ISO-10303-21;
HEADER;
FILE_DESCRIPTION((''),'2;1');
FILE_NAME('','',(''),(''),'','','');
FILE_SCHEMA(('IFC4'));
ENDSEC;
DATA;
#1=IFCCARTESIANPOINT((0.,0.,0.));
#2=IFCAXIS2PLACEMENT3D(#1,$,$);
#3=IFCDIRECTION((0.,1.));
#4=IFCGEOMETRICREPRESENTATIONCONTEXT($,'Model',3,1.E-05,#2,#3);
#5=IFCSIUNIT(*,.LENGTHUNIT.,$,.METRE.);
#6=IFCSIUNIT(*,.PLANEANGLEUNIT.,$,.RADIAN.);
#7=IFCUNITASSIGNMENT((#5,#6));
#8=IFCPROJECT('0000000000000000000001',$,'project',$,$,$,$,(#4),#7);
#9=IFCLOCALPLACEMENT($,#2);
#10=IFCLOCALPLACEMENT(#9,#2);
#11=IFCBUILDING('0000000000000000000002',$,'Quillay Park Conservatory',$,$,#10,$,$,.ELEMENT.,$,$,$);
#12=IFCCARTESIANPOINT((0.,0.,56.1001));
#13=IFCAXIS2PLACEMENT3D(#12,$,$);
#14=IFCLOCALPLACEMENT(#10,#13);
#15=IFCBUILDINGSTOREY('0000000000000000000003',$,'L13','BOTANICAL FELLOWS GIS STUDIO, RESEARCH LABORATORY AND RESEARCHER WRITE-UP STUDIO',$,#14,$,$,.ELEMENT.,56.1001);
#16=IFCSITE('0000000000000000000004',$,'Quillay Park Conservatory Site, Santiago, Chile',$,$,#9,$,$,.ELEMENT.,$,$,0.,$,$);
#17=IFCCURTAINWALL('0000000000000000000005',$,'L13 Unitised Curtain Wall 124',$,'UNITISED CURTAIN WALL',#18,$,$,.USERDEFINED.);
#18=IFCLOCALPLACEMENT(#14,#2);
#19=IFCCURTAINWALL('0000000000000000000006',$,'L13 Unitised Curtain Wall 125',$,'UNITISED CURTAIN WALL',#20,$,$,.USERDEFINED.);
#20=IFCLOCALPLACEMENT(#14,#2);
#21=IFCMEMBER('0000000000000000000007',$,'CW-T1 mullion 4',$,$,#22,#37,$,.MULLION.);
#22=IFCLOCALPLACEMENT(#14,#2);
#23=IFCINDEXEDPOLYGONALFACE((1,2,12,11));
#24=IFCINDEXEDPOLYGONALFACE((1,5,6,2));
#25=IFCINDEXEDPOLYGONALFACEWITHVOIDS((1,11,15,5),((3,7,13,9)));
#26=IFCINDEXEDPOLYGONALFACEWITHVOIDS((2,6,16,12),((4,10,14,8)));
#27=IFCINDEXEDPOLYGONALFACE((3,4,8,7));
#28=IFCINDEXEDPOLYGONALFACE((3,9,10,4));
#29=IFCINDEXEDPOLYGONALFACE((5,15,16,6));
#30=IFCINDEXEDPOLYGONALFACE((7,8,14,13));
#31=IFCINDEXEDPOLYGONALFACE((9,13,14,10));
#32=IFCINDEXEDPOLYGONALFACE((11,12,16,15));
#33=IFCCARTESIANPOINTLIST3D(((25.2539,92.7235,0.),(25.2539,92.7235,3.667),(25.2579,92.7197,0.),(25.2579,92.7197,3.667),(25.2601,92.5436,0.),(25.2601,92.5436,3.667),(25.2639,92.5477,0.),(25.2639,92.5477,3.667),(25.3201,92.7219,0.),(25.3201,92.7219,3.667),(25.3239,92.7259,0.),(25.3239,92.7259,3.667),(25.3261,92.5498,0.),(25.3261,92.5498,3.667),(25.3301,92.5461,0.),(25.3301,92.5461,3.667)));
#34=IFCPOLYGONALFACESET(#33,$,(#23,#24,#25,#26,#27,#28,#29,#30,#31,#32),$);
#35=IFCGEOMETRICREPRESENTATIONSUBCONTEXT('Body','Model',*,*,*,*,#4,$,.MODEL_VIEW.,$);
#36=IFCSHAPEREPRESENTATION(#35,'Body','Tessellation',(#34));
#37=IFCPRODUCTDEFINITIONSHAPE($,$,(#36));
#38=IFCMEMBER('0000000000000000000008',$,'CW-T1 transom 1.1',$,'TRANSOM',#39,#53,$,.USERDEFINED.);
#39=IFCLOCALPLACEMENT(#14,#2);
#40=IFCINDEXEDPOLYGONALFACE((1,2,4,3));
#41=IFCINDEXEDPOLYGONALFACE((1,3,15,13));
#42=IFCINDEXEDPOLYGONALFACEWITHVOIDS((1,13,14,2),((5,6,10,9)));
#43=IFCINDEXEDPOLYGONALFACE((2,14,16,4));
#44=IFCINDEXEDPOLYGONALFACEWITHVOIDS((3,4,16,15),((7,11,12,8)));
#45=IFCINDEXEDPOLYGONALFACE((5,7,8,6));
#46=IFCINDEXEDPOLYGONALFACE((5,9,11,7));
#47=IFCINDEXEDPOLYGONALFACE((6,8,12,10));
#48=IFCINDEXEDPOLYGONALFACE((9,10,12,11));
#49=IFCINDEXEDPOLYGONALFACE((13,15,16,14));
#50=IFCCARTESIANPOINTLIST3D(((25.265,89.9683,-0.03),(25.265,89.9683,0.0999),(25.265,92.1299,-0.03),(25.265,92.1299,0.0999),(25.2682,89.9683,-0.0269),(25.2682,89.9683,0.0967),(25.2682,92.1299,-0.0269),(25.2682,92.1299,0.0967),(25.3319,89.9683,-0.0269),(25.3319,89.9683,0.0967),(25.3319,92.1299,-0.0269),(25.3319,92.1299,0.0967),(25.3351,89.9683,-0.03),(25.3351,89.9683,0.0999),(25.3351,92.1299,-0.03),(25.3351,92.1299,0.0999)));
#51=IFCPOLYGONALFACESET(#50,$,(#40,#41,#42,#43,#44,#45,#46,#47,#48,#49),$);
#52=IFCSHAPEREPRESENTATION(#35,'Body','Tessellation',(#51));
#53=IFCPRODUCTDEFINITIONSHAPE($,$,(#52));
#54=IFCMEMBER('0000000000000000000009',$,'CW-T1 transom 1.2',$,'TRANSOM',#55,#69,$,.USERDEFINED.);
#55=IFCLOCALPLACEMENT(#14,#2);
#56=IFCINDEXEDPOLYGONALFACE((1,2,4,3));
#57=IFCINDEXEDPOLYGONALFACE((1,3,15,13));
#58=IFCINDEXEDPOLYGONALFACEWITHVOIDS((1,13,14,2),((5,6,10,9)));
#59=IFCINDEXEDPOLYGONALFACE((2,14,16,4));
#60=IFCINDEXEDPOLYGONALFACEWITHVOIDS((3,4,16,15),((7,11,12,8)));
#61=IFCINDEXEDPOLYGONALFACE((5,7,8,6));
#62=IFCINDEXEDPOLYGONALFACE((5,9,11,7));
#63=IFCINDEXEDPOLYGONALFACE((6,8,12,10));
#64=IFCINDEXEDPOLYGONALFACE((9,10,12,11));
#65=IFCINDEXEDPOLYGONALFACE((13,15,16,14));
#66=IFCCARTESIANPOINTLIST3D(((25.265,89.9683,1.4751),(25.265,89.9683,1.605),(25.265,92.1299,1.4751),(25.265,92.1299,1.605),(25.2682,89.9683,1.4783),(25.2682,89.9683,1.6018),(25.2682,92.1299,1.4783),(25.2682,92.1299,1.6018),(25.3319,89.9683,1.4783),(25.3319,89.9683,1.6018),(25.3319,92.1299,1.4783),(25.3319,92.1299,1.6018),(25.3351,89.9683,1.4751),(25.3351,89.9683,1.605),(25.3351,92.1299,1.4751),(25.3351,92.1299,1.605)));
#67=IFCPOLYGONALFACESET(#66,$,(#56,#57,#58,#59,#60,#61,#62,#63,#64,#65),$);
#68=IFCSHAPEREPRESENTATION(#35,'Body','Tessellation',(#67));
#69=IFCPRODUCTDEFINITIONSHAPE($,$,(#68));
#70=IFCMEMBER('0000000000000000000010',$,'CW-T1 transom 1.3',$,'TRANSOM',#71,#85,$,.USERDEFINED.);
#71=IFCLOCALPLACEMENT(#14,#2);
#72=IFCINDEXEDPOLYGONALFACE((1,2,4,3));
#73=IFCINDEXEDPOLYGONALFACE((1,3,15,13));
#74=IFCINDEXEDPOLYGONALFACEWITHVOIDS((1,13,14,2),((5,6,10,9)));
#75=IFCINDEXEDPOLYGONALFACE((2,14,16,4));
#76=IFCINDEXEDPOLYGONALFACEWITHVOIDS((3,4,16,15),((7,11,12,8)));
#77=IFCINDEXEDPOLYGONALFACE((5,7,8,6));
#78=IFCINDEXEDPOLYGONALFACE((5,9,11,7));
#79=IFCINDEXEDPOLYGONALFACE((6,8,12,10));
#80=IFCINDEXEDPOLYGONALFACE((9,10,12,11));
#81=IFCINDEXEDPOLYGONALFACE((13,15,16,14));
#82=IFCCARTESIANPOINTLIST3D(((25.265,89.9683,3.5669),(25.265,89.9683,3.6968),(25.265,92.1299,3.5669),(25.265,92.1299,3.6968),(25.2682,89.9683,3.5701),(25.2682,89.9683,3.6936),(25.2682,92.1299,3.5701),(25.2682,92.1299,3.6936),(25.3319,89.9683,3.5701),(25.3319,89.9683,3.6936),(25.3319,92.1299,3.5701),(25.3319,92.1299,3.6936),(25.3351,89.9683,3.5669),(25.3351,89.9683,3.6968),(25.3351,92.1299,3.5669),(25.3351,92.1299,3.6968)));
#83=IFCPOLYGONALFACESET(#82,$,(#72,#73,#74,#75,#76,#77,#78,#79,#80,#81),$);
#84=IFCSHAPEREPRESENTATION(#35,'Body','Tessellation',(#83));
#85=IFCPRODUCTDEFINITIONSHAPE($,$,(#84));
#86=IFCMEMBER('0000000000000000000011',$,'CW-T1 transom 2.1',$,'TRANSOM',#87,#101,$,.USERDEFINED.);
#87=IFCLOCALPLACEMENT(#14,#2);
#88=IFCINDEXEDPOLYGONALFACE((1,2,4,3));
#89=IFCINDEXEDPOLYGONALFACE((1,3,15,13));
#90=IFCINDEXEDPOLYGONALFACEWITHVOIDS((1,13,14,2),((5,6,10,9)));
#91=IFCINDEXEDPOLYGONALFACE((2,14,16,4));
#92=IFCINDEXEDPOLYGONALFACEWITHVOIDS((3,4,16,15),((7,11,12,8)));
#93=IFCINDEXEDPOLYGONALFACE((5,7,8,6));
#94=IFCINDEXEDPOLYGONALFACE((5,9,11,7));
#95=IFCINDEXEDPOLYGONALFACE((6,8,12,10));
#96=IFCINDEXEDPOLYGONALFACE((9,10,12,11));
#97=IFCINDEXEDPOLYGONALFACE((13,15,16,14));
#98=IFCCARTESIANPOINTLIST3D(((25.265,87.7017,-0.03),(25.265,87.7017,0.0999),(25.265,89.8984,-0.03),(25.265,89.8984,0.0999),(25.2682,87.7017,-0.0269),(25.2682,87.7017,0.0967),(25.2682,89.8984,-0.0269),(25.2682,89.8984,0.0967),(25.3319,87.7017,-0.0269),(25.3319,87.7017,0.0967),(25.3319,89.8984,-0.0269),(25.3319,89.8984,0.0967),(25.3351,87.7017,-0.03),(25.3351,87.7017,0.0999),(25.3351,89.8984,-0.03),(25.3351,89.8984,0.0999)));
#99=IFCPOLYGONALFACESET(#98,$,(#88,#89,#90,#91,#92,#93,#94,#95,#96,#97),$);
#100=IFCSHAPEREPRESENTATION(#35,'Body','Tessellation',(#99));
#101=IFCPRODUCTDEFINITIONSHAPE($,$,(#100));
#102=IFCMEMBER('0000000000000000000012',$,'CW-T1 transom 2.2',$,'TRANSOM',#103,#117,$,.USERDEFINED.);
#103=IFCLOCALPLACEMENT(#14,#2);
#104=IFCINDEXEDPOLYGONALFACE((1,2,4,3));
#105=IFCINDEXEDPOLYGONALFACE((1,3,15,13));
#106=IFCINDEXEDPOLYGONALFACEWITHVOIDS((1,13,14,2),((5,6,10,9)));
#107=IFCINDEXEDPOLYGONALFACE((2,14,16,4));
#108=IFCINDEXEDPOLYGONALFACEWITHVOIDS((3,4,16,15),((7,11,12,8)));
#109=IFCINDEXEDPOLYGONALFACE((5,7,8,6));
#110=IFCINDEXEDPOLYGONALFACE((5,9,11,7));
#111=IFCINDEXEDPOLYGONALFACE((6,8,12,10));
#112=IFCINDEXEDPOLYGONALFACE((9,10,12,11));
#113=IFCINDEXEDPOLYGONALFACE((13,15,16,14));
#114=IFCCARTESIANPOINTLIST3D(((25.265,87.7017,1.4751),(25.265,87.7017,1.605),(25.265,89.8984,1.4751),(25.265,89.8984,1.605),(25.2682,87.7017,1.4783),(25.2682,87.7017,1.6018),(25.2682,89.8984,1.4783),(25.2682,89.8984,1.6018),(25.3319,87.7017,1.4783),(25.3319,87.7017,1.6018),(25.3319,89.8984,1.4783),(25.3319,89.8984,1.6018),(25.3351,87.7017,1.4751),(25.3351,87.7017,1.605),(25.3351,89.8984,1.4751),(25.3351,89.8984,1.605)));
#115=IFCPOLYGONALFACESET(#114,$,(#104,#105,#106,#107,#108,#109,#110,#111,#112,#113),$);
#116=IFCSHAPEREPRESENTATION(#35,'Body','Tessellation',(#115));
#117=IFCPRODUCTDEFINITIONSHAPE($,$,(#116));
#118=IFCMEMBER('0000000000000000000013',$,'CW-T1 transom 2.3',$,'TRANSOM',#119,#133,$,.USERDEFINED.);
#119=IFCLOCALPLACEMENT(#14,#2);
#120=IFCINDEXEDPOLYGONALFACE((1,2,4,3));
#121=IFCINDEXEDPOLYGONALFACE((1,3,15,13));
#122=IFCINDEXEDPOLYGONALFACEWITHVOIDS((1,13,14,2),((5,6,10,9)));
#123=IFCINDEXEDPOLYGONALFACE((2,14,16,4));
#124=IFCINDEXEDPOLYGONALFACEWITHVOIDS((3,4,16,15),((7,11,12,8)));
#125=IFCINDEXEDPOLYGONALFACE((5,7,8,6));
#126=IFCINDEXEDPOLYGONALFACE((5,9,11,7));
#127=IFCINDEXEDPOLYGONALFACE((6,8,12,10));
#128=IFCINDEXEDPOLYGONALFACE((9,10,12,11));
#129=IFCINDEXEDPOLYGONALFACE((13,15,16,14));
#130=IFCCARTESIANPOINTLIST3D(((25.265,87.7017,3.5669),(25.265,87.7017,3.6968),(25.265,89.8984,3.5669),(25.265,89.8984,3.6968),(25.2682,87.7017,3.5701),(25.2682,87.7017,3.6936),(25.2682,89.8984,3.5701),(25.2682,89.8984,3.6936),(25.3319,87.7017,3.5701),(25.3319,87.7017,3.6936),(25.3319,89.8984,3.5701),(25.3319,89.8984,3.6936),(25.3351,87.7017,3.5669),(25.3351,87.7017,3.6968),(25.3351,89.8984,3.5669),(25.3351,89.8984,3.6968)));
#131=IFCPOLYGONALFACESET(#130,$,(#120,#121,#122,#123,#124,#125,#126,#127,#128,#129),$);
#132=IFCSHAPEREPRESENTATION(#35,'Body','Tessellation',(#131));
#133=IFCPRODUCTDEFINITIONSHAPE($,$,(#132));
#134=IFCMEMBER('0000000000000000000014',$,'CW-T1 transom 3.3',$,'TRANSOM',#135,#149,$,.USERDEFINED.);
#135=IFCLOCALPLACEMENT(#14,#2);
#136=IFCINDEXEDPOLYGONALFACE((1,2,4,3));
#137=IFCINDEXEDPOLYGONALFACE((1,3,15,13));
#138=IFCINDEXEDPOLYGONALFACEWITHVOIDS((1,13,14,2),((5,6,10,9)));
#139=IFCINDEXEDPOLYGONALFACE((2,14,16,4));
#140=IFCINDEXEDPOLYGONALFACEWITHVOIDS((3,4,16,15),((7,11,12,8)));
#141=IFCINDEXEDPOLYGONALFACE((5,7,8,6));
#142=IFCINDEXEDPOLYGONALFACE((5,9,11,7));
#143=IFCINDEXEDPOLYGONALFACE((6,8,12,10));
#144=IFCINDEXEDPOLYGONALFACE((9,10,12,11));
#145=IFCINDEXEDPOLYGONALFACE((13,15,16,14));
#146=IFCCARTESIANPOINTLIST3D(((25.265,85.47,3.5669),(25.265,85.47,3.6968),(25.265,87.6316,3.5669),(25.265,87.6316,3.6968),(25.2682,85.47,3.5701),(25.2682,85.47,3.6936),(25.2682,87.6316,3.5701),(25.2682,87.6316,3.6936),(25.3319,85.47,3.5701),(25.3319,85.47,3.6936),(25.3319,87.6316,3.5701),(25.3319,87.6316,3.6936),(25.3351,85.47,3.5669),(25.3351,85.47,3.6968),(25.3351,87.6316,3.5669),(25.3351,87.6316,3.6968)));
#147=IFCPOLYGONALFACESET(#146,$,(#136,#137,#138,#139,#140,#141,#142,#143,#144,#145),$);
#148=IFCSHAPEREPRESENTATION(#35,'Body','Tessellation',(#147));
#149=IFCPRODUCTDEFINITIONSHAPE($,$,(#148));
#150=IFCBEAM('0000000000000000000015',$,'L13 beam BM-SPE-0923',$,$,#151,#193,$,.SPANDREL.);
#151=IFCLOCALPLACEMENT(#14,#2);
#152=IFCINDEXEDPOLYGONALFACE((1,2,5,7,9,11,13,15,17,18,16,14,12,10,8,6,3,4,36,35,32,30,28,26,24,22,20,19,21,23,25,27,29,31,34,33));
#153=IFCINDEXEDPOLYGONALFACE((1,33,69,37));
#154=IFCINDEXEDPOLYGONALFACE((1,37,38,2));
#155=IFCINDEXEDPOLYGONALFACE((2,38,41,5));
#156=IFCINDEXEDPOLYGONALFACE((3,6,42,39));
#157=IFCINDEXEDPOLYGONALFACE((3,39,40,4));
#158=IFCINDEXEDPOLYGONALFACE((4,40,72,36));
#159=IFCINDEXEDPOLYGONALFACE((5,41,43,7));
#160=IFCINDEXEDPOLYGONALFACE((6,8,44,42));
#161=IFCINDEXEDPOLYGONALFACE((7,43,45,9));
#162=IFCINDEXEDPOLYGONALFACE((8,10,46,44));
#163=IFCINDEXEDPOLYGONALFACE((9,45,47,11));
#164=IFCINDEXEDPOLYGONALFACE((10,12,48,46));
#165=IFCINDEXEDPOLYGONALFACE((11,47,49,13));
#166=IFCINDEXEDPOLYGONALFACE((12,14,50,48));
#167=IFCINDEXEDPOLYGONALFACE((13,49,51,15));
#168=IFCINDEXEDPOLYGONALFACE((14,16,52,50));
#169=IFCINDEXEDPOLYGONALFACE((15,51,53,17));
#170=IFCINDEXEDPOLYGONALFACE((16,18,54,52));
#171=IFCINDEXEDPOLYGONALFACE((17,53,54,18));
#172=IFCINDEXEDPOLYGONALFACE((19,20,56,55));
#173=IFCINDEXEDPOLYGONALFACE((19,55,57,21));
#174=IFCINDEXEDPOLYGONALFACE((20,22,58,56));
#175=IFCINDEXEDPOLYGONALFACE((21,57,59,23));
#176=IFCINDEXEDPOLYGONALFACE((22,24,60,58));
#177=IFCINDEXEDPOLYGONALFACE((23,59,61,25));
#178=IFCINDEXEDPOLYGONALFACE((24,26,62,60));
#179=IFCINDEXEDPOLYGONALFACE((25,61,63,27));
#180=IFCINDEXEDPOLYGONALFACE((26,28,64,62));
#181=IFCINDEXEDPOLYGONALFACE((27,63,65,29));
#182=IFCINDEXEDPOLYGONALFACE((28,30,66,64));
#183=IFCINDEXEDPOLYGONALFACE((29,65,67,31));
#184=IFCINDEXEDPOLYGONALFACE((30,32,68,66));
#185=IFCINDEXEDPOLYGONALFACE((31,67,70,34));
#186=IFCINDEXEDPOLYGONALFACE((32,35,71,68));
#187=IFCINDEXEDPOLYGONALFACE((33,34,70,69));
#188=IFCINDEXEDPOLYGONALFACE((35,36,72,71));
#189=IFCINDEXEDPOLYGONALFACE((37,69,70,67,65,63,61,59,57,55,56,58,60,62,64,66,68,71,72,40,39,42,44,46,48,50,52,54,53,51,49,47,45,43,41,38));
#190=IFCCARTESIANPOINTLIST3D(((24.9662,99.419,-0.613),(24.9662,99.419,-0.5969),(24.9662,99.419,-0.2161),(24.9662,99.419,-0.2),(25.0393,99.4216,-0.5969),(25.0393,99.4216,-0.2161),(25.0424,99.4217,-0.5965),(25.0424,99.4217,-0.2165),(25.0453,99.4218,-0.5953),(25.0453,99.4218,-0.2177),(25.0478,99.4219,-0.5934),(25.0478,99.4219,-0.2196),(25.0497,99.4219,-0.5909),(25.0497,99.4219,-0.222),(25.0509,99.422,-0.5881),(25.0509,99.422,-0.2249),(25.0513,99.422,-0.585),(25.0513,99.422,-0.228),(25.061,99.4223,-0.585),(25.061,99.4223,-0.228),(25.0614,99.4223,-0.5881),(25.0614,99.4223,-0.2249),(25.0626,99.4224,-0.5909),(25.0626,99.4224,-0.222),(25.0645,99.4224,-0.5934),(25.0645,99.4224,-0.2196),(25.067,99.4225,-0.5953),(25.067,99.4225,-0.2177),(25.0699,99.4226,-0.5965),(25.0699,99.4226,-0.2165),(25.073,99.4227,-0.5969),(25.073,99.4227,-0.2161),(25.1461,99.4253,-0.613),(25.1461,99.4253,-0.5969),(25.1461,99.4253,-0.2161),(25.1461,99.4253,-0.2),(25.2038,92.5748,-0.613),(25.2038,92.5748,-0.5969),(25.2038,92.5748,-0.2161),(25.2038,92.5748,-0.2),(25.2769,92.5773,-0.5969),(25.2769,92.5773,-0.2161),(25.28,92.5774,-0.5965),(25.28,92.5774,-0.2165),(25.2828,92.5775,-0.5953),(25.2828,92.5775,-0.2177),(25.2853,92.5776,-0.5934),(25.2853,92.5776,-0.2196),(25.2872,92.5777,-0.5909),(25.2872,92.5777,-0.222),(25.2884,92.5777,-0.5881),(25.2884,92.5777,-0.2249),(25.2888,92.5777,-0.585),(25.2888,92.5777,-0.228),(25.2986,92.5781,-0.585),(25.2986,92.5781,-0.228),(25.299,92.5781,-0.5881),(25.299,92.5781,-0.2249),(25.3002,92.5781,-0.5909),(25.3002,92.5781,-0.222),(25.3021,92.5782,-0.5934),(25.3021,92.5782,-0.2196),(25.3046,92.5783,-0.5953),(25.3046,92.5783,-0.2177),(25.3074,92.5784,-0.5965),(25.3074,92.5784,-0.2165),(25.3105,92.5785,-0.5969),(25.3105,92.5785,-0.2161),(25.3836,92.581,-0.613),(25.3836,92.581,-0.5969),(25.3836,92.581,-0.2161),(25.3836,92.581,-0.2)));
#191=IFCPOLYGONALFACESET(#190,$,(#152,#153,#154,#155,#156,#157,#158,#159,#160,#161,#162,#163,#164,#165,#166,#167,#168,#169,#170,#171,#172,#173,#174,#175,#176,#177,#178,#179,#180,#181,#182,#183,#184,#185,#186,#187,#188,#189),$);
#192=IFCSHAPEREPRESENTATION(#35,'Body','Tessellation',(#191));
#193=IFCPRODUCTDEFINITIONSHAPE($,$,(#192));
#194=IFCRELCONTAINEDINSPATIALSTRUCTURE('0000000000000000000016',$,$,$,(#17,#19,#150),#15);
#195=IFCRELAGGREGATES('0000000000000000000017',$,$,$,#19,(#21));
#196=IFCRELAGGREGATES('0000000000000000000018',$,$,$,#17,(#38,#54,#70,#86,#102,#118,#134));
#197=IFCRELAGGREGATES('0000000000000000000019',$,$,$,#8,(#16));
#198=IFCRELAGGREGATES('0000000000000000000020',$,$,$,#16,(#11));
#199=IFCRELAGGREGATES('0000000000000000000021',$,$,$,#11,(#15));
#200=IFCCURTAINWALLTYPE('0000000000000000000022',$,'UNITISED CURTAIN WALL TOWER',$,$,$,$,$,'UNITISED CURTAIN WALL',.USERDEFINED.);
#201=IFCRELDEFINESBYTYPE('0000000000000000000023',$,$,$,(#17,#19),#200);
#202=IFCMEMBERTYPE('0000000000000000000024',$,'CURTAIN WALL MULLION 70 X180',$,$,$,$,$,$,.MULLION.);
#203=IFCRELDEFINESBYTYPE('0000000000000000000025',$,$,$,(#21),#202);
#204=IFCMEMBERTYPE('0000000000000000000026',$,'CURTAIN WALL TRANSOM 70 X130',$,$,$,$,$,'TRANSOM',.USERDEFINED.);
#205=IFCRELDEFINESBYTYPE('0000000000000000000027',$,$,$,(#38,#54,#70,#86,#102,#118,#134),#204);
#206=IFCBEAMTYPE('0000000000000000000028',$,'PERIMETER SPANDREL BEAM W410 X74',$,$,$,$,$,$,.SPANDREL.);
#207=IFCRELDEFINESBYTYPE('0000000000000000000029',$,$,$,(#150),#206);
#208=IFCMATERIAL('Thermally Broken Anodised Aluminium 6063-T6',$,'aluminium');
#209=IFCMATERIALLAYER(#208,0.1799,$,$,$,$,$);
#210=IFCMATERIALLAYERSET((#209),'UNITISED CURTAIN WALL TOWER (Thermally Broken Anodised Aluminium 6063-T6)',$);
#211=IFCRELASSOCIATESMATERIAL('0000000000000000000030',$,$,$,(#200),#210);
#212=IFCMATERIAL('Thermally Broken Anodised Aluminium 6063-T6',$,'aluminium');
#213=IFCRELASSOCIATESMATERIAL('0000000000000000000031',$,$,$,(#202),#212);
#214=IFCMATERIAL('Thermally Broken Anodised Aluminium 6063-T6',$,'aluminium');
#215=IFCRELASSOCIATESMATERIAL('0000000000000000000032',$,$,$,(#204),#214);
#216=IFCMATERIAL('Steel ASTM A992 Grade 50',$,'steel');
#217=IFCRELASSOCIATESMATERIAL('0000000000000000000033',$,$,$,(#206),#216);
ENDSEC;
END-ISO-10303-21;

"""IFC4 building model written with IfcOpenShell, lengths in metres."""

from ifc_helpers import new_model, si_unit, direction, frame, origin, origin_2d, place, context, subcontext, project, spatial, hollow_rectangle, i_section, extrude, material, layer, layer_set, material_profile, profile_set, type_object, element, aggregate, save


model = new_model("IFC4")

# Units and contexts
model_context = context("Model", 3, precision=1e-05, world=origin(), true_north=direction((0.0, 1.0)))
body_context = subcontext(model_context, "Body", "Model", "MODEL_VIEW")
ifc_project = project(units=[si_unit("LENGTHUNIT", "METRE"), si_unit("PLANEANGLEUNIT", "RADIAN")], contexts=[model_context])

# Site, building, storey
site_placement = place(None, origin())
site = spatial("IfcSite", under=ifc_project, at=site_placement, Name="Quillay Park Conservatory Site, Santiago, Chile", CompositionType="ELEMENT", RefElevation=0.0)
building_placement = place(site_placement, origin())
building = spatial("IfcBuilding", under=site, at=building_placement, Name="Quillay Park Conservatory", CompositionType="ELEMENT")
storey_placement = place(building_placement, frame((0.0, 0.0, 56.1001)))
storey = spatial("IfcBuildingStorey", under=building, at=storey_placement, Name="L13", Description="BOTANICAL FELLOWS GIS STUDIO, RESEARCH LABORATORY AND RESEARCHER WRITE-UP STUDIO", CompositionType="ELEMENT", Elevation=56.1001)

# Curtain wall
ifc_material_1 = material(Name="Thermally Broken Anodised Aluminium 6063-T6", Category="aluminium")
ifc_layer_1 = layer(ifc_material_1, 0.1799)
ifc_layer_set_1 = layer_set([ifc_layer_1], Name="UNITISED CURTAIN WALL TOWER (Thermally Broken Anodised Aluminium 6063-T6)")
curtain_wall_type = type_object("IfcCurtainWallType", Name="UNITISED CURTAIN WALL TOWER", ElementType="UNITISED CURTAIN WALL", PredefinedType="USERDEFINED", material=ifc_layer_set_1)
curtain_wall_1_placement = place(storey_placement, origin())
curtain_wall_1 = element("IfcCurtainWall", 1, at=curtain_wall_1_placement, inside=storey, type_object=curtain_wall_type, Name="L13 Unitised Curtain Wall 124", ObjectType="UNITISED CURTAIN WALL", PredefinedType="USERDEFINED")
ifc_material_2 = material(Name="Thermally Broken Anodised Aluminium 6063-T6", Category="aluminium")
ifc_material_profile_1 = material_profile(ifc_material_2, hollow_rectangle(XDim=0.0701, YDim=0.1799, WallThickness=0.0039, at=origin_2d()), Name="AL70x180x4")
ifc_profile_set_1 = profile_set([ifc_material_profile_1], Name="Thermally Broken Anodised Aluminium 6063-T6")
member_type_1 = type_object("IfcMemberType", Name="CURTAIN WALL MULLION 70 X180", PredefinedType="MULLION", material=ifc_profile_set_1)

# Curtain wall, member
curtain_wall_2_placement = place(storey_placement, origin())
curtain_wall_2 = element("IfcCurtainWall", 2, at=curtain_wall_2_placement, inside=storey, type_object=curtain_wall_type, Name="L13 Unitised Curtain Wall 125", ObjectType="UNITISED CURTAIN WALL", PredefinedType="USERDEFINED")
member_1_placement = place(storey_placement, frame((25.292, 92.6348, 0.0), z_axis=(0.0, 0.0, 1.0), x_axis=(0.999397, 0.034713, 0.0)))
member_1 = element("IfcMember", 3, at=member_1_placement, type_object=member_type_1, Name="CW-T1 mullion 4", PredefinedType="MULLION", context=body_context, shape_type="SweptSolid", body=[
    extrude(hollow_rectangle(XDim=0.0701, YDim=0.1799, WallThickness=0.0039, at=origin_2d()), origin(), (0.0, 0.0, 1.0), 3.667),
])
aggregate(curtain_wall_2, [member_1])

# Members
ifc_material_3 = material(Name="Thermally Broken Anodised Aluminium 6063-T6", Category="aluminium")
ifc_material_profile_2 = material_profile(ifc_material_3, hollow_rectangle(XDim=0.0701, YDim=0.1299, WallThickness=0.0032, at=origin_2d()), Name="AL70x130x3.2")
ifc_profile_set_2 = profile_set([ifc_material_profile_2], Name="Thermally Broken Anodised Aluminium 6063-T6")
member_type_2 = type_object("IfcMemberType", Name="CURTAIN WALL TRANSOM 70 X130", ElementType="TRANSOM", PredefinedType="USERDEFINED", material=ifc_profile_set_2)
member_2_placement = place(storey_placement, frame((25.3, 92.1299, 0.0349), z_axis=(0.0, -1.0, 0.0), x_axis=(1.0, 0.0, 0.0)))
member_2 = element("IfcMember", 4, at=member_2_placement, type_object=member_type_2, Name="CW-T1 transom 1.1", ObjectType="TRANSOM", PredefinedType="USERDEFINED", context=body_context, shape_type="SweptSolid", body=[
    extrude(hollow_rectangle(XDim=0.0701, YDim=0.1299, WallThickness=0.0032, at=origin_2d()), origin(), (0.0, 0.0, 1.0), 2.1616),
])
member_3_placement = place(storey_placement, frame((25.3, 92.1299, 1.54), z_axis=(0.0, -1.0, 0.0), x_axis=(1.0, 0.0, 0.0)))
member_3 = element("IfcMember", 5, at=member_3_placement, type_object=member_type_2, Name="CW-T1 transom 1.2", ObjectType="TRANSOM", PredefinedType="USERDEFINED", context=body_context, shape_type="SweptSolid", body=[
    extrude(hollow_rectangle(XDim=0.0701, YDim=0.1299, WallThickness=0.0032, at=origin_2d()), origin(), (0.0, 0.0, 1.0), 2.1616),
])
member_4_placement = place(storey_placement, frame((25.3, 92.1299, 3.6318), z_axis=(0.0, -1.0, 0.0), x_axis=(1.0, 0.0, 0.0)))
member_4 = element("IfcMember", 6, at=member_4_placement, type_object=member_type_2, Name="CW-T1 transom 1.3", ObjectType="TRANSOM", PredefinedType="USERDEFINED", context=body_context, shape_type="SweptSolid", body=[
    extrude(hollow_rectangle(XDim=0.0701, YDim=0.1299, WallThickness=0.0032, at=origin_2d()), origin(), (0.0, 0.0, 1.0), 2.1616),
])
member_5_placement = place(storey_placement, frame((25.3, 89.8984, 0.0349), z_axis=(0.0, -1.0, 0.0), x_axis=(1.0, 0.0, 0.0)))
member_5 = element("IfcMember", 7, at=member_5_placement, type_object=member_type_2, Name="CW-T1 transom 2.1", ObjectType="TRANSOM", PredefinedType="USERDEFINED", context=body_context, shape_type="SweptSolid", body=[
    extrude(hollow_rectangle(XDim=0.0701, YDim=0.1299, WallThickness=0.0032, at=origin_2d()), origin(), (0.0, 0.0, 1.0), 2.1968),
])
member_6_placement = place(storey_placement, frame((25.3, 89.8984, 1.54), z_axis=(0.0, -1.0, 0.0), x_axis=(1.0, 0.0, 0.0)))
member_6 = element("IfcMember", 8, at=member_6_placement, type_object=member_type_2, Name="CW-T1 transom 2.2", ObjectType="TRANSOM", PredefinedType="USERDEFINED", context=body_context, shape_type="SweptSolid", body=[
    extrude(hollow_rectangle(XDim=0.0701, YDim=0.1299, WallThickness=0.0032, at=origin_2d()), origin(), (0.0, 0.0, 1.0), 2.1968),
])
member_7_placement = place(storey_placement, frame((25.3, 89.8984, 3.6318), z_axis=(0.0, -1.0, 0.0), x_axis=(1.0, 0.0, 0.0)))
member_7 = element("IfcMember", 9, at=member_7_placement, type_object=member_type_2, Name="CW-T1 transom 2.3", ObjectType="TRANSOM", PredefinedType="USERDEFINED", context=body_context, shape_type="SweptSolid", body=[
    extrude(hollow_rectangle(XDim=0.0701, YDim=0.1299, WallThickness=0.0032, at=origin_2d()), origin(), (0.0, 0.0, 1.0), 2.1968),
])
member_8_placement = place(storey_placement, frame((25.3, 87.6316, 3.6318), z_axis=(0.0, -1.0, 0.0), x_axis=(1.0, 0.0, 0.0)))
member_8 = element("IfcMember", 10, at=member_8_placement, type_object=member_type_2, Name="CW-T1 transom 3.3", ObjectType="TRANSOM", PredefinedType="USERDEFINED", context=body_context, shape_type="SweptSolid", body=[
    extrude(hollow_rectangle(XDim=0.0701, YDim=0.1299, WallThickness=0.0032, at=origin_2d()), origin(), (0.0, 0.0, 1.0), 2.1616),
])

# Beam
ifc_material_4 = material(Name="Steel ASTM A992 Grade 50", Category="steel")
ifc_material_profile_3 = material_profile(ifc_material_4, i_section(OverallWidth=0.1799, OverallDepth=0.4131, WebThickness=0.0098, FlangeThickness=0.0161, FilletRadius=0.012, at=origin_2d()), Name="W410x74")
ifc_profile_set_3 = profile_set([ifc_material_profile_3], Name="Steel ASTM A992 Grade 50")
beam_type_1 = type_object("IfcBeamType", Name="PERIMETER SPANDREL BEAM W410 X74", PredefinedType="SPANDREL", material=ifc_profile_set_3)
beam_1_placement = place(storey_placement, frame((25.2937, 92.5779, -0.4065), z_axis=(-0.034687, 0.999398, 0.0), x_axis=(-0.999398, -0.034687, 0.0)))
element("IfcBeam", 11, at=beam_1_placement, inside=storey, type_object=beam_type_1, Name="L13 beam BM-SPE-0923", PredefinedType="SPANDREL", context=body_context, shape_type="SweptSolid", body=[
    extrude(i_section(OverallWidth=0.1799, OverallDepth=0.4131, WebThickness=0.0098, FlangeThickness=0.0161, FilletRadius=0.012, at=origin_2d()), origin(), (0.0, 0.0, 1.0), 6.8484),
])

aggregate(curtain_wall_1, [member_2, member_3, member_4, member_5, member_6, member_7, member_8])

save(model, "model.ifc")
